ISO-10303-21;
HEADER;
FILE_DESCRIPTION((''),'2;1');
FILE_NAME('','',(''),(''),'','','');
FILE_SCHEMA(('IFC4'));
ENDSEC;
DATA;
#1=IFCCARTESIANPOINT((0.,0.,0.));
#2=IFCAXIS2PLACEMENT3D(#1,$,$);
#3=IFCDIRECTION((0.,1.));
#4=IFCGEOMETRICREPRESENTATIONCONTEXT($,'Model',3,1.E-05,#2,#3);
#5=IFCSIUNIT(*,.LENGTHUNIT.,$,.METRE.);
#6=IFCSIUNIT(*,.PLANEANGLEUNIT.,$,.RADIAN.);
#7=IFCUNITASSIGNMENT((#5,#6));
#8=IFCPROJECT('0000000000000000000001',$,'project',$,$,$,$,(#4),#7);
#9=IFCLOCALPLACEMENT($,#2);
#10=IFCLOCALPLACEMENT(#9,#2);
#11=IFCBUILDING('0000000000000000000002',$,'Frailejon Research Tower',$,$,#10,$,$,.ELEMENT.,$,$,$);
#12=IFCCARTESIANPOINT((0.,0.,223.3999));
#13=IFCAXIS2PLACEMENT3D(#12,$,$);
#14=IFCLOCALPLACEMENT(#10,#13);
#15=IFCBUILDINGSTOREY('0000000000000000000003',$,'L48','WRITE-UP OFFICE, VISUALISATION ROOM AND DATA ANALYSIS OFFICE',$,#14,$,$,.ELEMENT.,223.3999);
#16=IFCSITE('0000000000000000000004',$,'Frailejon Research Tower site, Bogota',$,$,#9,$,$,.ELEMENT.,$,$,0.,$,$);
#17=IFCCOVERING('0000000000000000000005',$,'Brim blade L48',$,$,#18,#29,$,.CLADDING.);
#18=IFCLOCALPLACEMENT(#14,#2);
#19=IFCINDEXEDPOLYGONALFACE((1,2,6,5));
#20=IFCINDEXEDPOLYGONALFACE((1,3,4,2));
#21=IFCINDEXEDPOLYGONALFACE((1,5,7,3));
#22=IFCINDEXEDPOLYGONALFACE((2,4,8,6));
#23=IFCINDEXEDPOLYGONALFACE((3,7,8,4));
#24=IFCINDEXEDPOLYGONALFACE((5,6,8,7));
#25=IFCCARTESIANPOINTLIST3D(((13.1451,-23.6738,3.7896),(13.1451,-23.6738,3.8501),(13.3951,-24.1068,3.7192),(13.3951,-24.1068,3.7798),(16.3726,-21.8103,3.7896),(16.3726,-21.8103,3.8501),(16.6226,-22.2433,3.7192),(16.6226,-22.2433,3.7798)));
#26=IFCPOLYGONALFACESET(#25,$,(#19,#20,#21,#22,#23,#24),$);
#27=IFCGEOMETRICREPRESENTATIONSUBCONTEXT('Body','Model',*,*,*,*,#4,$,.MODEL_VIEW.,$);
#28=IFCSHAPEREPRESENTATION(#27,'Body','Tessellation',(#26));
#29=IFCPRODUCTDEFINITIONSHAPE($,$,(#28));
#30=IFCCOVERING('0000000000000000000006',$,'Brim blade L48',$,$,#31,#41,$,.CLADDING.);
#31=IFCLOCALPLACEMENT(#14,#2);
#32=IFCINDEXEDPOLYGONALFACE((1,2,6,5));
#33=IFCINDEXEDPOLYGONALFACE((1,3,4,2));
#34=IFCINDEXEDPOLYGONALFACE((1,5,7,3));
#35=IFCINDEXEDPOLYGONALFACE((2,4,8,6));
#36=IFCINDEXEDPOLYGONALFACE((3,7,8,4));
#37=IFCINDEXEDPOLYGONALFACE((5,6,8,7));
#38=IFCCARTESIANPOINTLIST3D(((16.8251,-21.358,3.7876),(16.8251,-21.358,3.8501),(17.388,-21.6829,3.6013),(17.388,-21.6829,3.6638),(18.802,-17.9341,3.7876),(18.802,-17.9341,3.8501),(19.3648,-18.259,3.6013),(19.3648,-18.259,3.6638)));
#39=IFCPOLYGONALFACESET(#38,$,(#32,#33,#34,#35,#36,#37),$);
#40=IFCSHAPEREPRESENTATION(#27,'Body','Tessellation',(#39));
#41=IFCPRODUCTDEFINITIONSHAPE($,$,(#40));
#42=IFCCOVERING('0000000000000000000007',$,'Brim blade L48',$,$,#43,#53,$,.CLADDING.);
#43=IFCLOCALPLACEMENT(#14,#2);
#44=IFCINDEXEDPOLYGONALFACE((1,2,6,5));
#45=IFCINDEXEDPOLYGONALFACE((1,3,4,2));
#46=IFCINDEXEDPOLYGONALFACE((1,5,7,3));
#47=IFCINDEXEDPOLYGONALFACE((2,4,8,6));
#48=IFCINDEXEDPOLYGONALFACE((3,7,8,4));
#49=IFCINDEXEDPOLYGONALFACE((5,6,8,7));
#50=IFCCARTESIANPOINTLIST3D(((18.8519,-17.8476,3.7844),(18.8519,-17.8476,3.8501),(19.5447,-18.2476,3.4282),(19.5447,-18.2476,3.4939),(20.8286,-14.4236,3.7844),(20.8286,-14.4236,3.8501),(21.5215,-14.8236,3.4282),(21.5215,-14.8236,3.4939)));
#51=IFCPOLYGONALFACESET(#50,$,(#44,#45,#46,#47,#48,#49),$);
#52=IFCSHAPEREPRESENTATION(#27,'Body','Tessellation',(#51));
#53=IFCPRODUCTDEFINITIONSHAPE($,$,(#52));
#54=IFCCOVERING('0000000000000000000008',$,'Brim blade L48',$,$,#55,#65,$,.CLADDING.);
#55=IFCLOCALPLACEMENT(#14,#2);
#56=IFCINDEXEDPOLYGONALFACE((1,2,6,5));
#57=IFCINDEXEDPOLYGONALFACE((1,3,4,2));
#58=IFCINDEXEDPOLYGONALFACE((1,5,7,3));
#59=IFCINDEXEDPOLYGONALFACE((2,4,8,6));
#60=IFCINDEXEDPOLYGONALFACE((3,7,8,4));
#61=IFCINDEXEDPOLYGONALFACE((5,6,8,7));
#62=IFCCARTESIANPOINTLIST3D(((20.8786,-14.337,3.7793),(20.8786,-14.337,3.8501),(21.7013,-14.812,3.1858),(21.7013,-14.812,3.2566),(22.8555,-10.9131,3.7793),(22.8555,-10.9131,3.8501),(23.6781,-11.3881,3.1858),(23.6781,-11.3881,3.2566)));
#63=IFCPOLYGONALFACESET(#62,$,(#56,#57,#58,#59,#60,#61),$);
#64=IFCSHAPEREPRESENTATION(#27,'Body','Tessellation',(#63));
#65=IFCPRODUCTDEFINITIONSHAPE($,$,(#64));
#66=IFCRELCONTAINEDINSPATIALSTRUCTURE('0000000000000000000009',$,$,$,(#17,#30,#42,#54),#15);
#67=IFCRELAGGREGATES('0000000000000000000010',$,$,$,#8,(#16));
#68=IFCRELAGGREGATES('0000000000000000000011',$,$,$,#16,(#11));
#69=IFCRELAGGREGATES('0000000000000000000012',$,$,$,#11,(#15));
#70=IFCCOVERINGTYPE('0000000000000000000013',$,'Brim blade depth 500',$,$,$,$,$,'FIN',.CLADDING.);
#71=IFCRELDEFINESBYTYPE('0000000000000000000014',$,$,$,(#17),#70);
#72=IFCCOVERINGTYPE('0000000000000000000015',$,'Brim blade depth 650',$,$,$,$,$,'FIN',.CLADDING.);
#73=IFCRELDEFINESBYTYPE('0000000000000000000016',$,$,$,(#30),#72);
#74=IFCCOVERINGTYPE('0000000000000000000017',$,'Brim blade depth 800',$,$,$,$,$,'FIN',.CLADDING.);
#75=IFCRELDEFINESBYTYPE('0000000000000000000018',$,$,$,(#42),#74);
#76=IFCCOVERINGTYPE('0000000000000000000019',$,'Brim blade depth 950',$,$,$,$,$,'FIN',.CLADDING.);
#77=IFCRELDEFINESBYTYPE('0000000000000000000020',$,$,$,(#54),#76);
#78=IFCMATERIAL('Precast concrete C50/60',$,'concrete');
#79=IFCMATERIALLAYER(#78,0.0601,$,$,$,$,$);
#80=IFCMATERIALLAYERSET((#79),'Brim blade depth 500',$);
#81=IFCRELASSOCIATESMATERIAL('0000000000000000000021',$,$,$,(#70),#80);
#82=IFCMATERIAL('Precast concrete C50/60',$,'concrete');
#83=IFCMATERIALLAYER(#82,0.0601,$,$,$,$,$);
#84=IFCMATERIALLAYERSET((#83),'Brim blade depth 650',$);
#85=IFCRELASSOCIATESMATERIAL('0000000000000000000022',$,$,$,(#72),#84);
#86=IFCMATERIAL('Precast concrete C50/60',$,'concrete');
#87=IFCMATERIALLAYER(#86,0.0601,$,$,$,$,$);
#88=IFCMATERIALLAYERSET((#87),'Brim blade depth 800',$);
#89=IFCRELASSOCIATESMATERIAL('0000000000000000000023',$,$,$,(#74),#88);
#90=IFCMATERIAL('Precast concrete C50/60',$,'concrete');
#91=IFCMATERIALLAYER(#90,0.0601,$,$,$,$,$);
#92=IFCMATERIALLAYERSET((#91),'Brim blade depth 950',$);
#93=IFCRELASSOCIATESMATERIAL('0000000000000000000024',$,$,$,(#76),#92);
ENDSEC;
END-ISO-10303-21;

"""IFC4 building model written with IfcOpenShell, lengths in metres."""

from ifc_helpers import new_model, si_unit, direction, frame, origin, place, context, subcontext, project, spatial, polyline, outline, extrude, material, layer, layer_set, type_object, element, save


model = new_model("IFC4")

# Units and contexts
model_context = context("Model", 3, precision=1e-05, world=origin(), true_north=direction((0.0, 1.0)))
body_context = subcontext(model_context, "Body", "Model", "MODEL_VIEW")
ifc_project = project(units=[si_unit("LENGTHUNIT", "METRE"), si_unit("PLANEANGLEUNIT", "RADIAN")], contexts=[model_context])

# Site, building, storey
site_placement = place(None, origin())
site = spatial("IfcSite", under=ifc_project, at=site_placement, Name="Frailejon Research Tower site, Bogota", CompositionType="ELEMENT", RefElevation=0.0)
building_placement = place(site_placement, origin())
building = spatial("IfcBuilding", under=site, at=building_placement, Name="Frailejon Research Tower", CompositionType="ELEMENT")
storey_placement = place(building_placement, frame((0.0, 0.0, 223.3999)))
storey = spatial("IfcBuildingStorey", under=building, at=storey_placement, Name="L48", Description="WRITE-UP OFFICE, VISUALISATION ROOM AND DATA ANALYSIS OFFICE", CompositionType="ELEMENT", Elevation=223.3999)

# Coverings
ifc_material_1 = material(Name="Precast concrete C50/60", Category="concrete")
ifc_layer_1 = layer(ifc_material_1, 0.0601)
ifc_layer_set_1 = layer_set([ifc_layer_1], Name="Brim blade depth 500")
covering_type_1 = type_object("IfcCoveringType", Name="Brim blade depth 500", ElementType="FIN", PredefinedType="CLADDING", material=ifc_layer_set_1)
covering_1_placement = place(storey_placement, frame((16.3726, -21.8103, 3.8501), z_axis=(-0.866018, -0.500012, 0.0), x_axis=(0.500012, -0.866018, 0.0)))
element("IfcCovering", 1, at=covering_1_placement, inside=storey, type_object=covering_type_1, Name="Brim blade L48", PredefinedType="CLADDING", context=body_context, shape_type="SweptSolid", body=[
    extrude(outline(polyline([(0.0, -0.0605), (0.5, -0.1309), (0.5, -0.0703), (0.0, 0.0), (0.0, -0.0605)])), origin(), (0.0, 0.0, 1.0), 3.7268),
])
ifc_material_2 = material(Name="Precast concrete C50/60", Category="concrete")
ifc_layer_2 = layer(ifc_material_2, 0.0601)
ifc_layer_set_2 = layer_set([ifc_layer_2], Name="Brim blade depth 650")
covering_type_2 = type_object("IfcCoveringType", Name="Brim blade depth 650", ElementType="FIN", PredefinedType="CLADDING", material=ifc_layer_set_2)
covering_2_placement = place(storey_placement, frame((18.802, -17.9341, 3.8501), z_axis=(-0.500013, -0.866018, 0.0), x_axis=(0.866018, -0.500013, 0.0)))
element("IfcCovering", 2, at=covering_2_placement, inside=storey, type_object=covering_type_2, Name="Brim blade L48", PredefinedType="CLADDING", context=body_context, shape_type="SweptSolid", body=[
    extrude(outline(polyline([(0.0, -0.0625), (0.6499, -0.2488), (0.6499, -0.1863), (0.0, 0.0), (0.0, -0.0625)])), origin(), (0.0, 0.0, 1.0), 3.9536),
])
ifc_material_3 = material(Name="Precast concrete C50/60", Category="concrete")
ifc_layer_3 = layer(ifc_material_3, 0.0601)
ifc_layer_set_3 = layer_set([ifc_layer_3], Name="Brim blade depth 800")
covering_type_3 = type_object("IfcCoveringType", Name="Brim blade depth 800", ElementType="FIN", PredefinedType="CLADDING", material=ifc_layer_set_3)
covering_3_placement = place(storey_placement, frame((20.8286, -14.4236, 3.8501), z_axis=(-0.499984, -0.866035, 0.0), x_axis=(0.866035, -0.499984, 0.0)))
element("IfcCovering", 3, at=covering_3_placement, inside=storey, type_object=covering_type_3, Name="Brim blade L48", PredefinedType="CLADDING", context=body_context, shape_type="SweptSolid", body=[
    extrude(outline(polyline([(0.0, -0.0657), (0.8, -0.4219), (0.8, -0.3562), (0.0, 0.0), (0.0, -0.0657)])), origin(), (0.0, 0.0, 1.0), 3.9536),
])
ifc_material_4 = material(Name="Precast concrete C50/60", Category="concrete")
ifc_layer_4 = layer(ifc_material_4, 0.0601)
ifc_layer_set_4 = layer_set([ifc_layer_4], Name="Brim blade depth 950")
covering_type_4 = type_object("IfcCoveringType", Name="Brim blade depth 950", ElementType="FIN", PredefinedType="CLADDING", material=ifc_layer_set_4)
covering_4_placement = place(storey_placement, frame((22.8555, -10.9131, 3.8501), z_axis=(-0.500013, -0.866018, 0.0), x_axis=(0.866018, -0.500013, 0.0)))
element("IfcCovering", 4, at=covering_4_placement, inside=storey, type_object=covering_type_4, Name="Brim blade L48", PredefinedType="CLADDING", context=body_context, shape_type="SweptSolid", body=[
    extrude(outline(polyline([(0.0, -0.0708), (0.95, -0.6643), (0.95, -0.5935), (0.0, 0.0), (0.0, -0.0708)])), origin(), (0.0, 0.0, 1.0), 3.9536),
])

save(model, "model.ifc")
